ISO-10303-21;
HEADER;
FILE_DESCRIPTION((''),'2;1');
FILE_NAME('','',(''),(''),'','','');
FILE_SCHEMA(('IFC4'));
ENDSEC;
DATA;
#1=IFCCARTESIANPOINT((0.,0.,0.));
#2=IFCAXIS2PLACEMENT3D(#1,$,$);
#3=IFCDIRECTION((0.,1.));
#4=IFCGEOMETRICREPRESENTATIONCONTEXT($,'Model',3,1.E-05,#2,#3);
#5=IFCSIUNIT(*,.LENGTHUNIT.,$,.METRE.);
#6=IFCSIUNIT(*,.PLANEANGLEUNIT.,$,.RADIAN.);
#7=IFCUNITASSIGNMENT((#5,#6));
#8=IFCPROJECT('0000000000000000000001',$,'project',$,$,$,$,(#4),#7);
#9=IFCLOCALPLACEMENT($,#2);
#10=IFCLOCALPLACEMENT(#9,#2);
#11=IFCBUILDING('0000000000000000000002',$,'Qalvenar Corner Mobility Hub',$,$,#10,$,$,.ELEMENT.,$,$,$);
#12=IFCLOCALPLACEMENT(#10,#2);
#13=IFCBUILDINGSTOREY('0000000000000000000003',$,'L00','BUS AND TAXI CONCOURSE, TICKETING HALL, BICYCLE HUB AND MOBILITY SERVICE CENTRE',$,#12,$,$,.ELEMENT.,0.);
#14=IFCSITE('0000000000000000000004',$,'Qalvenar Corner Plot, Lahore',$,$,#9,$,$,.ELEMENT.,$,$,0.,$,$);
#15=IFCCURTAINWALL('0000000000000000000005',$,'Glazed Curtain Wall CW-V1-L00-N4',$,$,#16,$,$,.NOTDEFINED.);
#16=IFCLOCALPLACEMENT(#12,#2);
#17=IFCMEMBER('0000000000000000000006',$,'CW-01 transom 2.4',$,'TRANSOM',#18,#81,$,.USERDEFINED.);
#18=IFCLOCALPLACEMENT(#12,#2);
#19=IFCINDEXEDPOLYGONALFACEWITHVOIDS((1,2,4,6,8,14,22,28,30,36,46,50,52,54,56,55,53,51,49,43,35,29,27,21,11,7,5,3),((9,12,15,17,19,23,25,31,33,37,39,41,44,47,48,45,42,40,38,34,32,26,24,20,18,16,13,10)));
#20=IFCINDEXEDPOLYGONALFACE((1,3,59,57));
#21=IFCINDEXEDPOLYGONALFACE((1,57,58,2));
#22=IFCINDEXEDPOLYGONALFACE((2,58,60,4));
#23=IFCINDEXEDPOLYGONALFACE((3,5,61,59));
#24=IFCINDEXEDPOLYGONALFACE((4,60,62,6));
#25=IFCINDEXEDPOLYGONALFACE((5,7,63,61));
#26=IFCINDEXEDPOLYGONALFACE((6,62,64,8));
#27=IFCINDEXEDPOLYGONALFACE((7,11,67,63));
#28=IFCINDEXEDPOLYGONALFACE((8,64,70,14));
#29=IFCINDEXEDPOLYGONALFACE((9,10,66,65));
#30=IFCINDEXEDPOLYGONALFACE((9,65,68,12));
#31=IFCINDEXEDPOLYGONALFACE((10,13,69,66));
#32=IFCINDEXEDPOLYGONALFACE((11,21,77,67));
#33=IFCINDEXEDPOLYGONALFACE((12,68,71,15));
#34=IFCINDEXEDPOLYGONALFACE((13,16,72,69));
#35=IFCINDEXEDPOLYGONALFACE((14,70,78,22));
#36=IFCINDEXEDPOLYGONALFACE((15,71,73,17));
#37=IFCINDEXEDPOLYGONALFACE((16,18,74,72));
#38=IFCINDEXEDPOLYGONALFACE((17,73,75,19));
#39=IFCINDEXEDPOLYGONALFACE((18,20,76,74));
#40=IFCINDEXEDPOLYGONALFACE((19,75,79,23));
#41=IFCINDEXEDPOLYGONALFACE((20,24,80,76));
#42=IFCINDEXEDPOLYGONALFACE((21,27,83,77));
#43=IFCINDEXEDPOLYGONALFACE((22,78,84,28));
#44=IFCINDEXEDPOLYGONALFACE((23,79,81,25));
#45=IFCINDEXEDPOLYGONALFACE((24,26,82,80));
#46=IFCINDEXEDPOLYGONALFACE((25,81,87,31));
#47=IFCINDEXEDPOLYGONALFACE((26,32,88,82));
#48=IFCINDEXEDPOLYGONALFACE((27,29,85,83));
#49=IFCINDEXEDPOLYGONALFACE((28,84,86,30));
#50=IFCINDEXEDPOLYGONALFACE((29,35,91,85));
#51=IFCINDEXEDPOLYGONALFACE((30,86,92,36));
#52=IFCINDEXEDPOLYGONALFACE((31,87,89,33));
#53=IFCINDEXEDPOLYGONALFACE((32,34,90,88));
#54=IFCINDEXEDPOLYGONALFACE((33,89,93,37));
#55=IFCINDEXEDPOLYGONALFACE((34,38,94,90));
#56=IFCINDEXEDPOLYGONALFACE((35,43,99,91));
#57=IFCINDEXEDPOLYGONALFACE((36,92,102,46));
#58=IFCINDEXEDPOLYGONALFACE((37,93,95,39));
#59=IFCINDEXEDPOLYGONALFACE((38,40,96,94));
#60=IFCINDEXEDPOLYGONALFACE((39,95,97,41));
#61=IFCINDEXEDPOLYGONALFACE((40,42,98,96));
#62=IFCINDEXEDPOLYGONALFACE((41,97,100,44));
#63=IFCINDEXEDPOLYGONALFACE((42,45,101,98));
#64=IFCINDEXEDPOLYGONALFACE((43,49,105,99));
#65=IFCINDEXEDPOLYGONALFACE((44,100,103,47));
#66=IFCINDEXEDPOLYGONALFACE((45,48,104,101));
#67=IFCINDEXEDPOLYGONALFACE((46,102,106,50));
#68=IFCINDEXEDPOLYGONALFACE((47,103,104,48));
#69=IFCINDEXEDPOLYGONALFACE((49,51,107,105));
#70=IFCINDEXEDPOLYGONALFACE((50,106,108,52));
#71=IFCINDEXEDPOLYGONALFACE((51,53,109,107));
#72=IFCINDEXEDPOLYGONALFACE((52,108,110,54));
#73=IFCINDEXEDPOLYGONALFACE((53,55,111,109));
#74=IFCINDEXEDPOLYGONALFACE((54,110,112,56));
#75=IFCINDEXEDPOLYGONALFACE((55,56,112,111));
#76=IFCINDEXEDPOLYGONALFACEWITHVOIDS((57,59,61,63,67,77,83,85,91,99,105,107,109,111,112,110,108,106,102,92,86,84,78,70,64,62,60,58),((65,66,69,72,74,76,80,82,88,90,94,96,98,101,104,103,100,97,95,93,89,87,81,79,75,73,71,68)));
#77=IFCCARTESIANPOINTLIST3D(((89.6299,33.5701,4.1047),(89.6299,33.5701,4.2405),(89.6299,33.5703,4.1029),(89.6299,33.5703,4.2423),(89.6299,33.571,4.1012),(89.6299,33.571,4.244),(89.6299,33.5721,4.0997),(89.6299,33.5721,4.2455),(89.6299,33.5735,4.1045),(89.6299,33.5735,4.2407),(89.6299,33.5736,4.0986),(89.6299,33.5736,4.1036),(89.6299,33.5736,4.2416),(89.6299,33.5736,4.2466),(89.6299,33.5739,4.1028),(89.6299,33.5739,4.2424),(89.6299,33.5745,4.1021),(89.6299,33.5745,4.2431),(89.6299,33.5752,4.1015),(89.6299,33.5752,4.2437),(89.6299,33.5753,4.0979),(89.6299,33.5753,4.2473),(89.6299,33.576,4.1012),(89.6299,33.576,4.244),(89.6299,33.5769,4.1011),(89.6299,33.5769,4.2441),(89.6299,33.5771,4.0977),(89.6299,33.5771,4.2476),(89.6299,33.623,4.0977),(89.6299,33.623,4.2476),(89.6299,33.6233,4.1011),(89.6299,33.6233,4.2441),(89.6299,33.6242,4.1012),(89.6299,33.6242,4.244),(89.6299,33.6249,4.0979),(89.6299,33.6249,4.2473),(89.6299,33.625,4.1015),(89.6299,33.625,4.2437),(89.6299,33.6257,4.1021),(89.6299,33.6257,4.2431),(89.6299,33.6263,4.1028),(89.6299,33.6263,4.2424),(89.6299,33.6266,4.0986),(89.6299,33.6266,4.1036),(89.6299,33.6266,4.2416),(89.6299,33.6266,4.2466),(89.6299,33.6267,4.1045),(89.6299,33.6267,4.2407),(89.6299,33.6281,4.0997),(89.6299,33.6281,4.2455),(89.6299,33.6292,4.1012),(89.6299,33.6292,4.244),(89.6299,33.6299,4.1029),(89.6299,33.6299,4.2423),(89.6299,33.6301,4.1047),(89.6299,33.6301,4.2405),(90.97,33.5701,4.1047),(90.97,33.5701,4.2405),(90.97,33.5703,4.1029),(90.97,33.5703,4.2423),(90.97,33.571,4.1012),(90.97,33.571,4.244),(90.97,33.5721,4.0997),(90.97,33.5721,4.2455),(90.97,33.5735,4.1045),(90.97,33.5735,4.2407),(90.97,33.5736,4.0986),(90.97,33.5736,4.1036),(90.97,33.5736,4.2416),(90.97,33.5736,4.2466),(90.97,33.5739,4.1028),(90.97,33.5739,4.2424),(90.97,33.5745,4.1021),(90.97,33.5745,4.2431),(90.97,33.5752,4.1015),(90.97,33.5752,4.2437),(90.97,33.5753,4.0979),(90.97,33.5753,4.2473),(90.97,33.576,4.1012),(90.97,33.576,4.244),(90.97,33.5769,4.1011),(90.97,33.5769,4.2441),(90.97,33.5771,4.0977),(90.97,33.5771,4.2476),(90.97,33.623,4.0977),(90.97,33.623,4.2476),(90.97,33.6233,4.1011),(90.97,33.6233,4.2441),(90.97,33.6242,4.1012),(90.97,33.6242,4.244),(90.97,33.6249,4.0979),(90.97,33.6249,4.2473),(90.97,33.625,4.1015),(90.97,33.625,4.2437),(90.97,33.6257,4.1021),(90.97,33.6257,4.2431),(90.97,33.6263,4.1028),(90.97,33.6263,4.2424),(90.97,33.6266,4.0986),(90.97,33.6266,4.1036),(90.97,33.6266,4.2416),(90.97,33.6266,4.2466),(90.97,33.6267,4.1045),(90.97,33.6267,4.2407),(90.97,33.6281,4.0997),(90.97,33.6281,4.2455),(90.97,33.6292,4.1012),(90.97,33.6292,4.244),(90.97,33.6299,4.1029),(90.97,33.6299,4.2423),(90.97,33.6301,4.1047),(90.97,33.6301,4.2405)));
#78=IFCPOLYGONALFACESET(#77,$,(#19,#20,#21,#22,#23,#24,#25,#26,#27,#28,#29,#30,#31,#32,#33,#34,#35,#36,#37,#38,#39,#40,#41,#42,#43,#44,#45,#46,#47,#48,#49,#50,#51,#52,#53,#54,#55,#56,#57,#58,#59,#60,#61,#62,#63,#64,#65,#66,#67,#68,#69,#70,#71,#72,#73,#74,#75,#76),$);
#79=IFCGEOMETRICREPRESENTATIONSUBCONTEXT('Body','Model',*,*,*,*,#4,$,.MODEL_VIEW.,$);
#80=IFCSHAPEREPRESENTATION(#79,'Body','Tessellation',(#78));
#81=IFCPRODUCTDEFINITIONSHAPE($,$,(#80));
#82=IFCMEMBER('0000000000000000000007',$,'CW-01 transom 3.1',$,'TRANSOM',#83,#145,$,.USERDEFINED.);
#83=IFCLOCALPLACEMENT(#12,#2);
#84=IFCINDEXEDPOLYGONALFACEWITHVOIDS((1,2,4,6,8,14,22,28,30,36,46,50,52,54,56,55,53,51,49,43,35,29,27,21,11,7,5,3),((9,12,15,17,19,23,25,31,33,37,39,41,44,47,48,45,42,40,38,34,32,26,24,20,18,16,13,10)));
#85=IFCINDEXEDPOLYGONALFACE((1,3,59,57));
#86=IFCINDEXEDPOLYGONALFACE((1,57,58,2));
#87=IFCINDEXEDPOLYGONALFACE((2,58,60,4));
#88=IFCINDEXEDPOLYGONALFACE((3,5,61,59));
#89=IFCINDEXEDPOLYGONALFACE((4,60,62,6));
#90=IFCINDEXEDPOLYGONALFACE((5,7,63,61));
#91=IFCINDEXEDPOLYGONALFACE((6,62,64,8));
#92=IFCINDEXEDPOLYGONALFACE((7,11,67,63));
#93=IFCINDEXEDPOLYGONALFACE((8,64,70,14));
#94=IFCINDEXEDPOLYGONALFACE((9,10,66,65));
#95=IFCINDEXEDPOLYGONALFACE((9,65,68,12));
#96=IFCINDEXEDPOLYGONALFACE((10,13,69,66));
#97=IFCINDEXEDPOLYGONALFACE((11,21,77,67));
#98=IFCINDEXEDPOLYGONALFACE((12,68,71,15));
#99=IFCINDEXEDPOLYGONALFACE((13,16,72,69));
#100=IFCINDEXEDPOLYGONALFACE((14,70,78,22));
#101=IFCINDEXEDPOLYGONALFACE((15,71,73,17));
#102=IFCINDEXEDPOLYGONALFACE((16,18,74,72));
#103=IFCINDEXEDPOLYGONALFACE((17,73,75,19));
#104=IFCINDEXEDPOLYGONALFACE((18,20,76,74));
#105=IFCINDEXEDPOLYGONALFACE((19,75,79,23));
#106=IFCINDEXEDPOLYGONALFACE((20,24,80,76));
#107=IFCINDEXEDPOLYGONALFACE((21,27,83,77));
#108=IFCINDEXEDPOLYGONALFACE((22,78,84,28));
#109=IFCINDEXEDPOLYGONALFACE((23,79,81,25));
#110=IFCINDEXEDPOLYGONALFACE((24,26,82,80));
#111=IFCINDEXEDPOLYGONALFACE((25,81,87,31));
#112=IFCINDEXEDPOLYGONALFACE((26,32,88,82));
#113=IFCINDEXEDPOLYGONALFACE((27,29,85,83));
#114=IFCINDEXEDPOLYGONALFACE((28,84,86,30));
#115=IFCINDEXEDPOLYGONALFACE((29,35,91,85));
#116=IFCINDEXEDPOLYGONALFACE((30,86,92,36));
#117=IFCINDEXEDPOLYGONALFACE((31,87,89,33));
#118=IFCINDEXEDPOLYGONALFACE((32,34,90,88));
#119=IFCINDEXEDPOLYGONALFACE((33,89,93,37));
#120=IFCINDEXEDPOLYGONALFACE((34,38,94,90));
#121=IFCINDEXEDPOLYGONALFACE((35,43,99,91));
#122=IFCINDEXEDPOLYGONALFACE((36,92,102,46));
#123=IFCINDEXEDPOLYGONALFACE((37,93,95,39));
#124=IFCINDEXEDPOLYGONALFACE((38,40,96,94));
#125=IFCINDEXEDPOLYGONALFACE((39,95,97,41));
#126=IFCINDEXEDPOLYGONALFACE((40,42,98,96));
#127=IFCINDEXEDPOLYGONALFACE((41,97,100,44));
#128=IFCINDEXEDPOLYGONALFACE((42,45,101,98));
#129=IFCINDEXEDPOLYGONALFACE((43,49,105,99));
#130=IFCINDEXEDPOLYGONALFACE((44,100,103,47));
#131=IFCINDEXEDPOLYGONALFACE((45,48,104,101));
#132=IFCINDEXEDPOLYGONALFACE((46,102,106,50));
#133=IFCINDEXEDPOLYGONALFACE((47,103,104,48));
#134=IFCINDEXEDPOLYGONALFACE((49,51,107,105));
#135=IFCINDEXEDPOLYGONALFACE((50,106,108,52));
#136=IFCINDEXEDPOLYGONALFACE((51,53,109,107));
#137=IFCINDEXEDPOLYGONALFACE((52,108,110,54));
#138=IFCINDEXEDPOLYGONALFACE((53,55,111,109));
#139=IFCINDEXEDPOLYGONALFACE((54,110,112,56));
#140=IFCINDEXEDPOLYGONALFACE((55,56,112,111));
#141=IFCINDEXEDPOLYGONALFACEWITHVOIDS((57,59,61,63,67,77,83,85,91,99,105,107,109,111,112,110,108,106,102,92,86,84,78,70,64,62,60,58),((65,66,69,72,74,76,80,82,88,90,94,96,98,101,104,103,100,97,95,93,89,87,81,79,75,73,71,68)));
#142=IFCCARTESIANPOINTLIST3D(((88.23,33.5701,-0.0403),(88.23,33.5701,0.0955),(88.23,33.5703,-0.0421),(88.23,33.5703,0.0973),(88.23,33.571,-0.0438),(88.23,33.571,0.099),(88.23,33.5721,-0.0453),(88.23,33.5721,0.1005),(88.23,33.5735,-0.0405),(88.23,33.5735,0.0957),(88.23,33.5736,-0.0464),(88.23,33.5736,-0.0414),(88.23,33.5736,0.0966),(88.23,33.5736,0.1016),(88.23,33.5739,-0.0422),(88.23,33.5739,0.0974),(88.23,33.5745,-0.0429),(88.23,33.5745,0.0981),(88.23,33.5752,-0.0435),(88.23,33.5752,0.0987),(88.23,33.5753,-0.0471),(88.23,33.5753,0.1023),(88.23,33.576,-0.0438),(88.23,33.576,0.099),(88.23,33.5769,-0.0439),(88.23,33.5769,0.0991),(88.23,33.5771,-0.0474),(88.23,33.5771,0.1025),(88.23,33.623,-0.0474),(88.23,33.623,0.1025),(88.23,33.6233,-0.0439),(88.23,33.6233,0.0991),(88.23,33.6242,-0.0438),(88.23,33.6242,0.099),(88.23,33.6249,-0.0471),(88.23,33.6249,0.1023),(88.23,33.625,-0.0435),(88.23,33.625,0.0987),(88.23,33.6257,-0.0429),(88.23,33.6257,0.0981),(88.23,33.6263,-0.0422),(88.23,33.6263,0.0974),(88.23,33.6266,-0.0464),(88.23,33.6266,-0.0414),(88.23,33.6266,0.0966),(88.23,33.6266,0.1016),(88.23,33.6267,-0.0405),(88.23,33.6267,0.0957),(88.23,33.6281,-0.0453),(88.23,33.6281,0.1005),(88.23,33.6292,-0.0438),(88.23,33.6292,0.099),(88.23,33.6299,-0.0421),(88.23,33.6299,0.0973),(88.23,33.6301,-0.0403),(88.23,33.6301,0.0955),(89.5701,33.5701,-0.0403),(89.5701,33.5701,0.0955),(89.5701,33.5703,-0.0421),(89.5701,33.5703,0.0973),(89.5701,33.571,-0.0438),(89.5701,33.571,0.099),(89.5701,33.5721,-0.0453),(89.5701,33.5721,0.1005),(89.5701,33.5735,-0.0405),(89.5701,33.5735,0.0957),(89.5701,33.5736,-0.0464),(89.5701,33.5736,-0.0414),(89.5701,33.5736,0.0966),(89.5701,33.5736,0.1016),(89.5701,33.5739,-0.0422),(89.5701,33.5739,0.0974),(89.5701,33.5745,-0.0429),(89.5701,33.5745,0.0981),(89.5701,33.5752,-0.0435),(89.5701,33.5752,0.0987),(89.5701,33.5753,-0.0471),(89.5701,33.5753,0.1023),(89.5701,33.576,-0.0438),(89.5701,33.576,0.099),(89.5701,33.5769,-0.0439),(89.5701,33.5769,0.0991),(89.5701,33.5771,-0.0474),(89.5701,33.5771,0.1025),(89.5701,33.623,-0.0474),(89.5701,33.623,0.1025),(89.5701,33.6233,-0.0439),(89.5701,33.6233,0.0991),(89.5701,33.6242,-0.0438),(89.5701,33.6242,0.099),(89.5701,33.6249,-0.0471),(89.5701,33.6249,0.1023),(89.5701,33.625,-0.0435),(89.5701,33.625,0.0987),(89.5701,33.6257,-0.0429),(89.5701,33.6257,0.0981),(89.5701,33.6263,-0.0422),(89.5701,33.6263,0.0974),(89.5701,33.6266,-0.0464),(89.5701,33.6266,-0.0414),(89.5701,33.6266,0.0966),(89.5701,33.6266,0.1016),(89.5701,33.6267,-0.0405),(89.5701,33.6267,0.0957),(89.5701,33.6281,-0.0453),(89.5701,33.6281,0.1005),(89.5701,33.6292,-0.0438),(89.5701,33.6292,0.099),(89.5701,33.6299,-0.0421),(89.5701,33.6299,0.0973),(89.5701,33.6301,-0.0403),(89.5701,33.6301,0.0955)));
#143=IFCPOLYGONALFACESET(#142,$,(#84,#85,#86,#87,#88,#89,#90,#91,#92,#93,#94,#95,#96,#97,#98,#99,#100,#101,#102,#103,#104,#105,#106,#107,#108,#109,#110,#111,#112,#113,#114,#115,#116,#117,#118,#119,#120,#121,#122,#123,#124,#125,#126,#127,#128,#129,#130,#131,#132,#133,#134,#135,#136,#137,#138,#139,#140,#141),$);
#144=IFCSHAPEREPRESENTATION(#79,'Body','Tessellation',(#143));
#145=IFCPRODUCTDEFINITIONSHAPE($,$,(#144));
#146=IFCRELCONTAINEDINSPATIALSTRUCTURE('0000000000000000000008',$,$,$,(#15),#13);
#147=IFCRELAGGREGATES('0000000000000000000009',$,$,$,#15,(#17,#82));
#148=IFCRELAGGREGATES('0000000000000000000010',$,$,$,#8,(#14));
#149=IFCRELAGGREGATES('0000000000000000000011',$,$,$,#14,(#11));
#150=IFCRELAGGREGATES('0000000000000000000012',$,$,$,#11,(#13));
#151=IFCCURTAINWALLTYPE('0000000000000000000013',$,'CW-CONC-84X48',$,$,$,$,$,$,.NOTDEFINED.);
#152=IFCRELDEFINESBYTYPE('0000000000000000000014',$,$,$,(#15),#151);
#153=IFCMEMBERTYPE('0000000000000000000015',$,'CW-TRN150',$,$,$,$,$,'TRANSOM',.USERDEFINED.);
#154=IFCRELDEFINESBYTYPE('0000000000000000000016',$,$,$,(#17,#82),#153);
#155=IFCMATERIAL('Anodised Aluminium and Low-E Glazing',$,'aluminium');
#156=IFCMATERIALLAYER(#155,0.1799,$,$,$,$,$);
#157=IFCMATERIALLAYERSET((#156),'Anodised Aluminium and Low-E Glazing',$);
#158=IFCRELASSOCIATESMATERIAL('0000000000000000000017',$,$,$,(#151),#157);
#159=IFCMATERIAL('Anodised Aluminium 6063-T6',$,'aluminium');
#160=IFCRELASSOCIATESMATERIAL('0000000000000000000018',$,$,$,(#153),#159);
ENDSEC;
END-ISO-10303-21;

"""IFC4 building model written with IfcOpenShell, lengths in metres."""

from ifc_helpers import new_model, si_unit, direction, frame, origin, origin_2d, place, context, subcontext, project, spatial, hollow_rectangle, extrude, material, layer, layer_set, material_profile, profile_set, type_object, element, aggregate, save


model = new_model("IFC4")

# Units and contexts
model_context = context("Model", 3, precision=1e-05, world=origin(), true_north=direction((0.0, 1.0)))
body_context = subcontext(model_context, "Body", "Model", "MODEL_VIEW")
ifc_project = project(units=[si_unit("LENGTHUNIT", "METRE"), si_unit("PLANEANGLEUNIT", "RADIAN")], contexts=[model_context])

# Site, building, storey
site_placement = place(None, origin())
site = spatial("IfcSite", under=ifc_project, at=site_placement, Name="Qalvenar Corner Plot, Lahore", CompositionType="ELEMENT", RefElevation=0.0)
building_placement = place(site_placement, origin())
building = spatial("IfcBuilding", under=site, at=building_placement, Name="Qalvenar Corner Mobility Hub", CompositionType="ELEMENT")
storey_placement = place(building_placement, origin())
storey = spatial("IfcBuildingStorey", under=building, at=storey_placement, Name="L00", Description="BUS AND TAXI CONCOURSE, TICKETING HALL, BICYCLE HUB AND MOBILITY SERVICE CENTRE", CompositionType="ELEMENT", Elevation=0.0)

# Curtain wall, members
ifc_material_1 = material(Name="Anodised Aluminium and Low-E Glazing", Category="aluminium")
ifc_layer_1 = layer(ifc_material_1, 0.1799)
ifc_layer_set_1 = layer_set([ifc_layer_1], Name="Anodised Aluminium and Low-E Glazing")
curtain_wall_type = type_object("IfcCurtainWallType", Name="CW-CONC-84X48", PredefinedType="NOTDEFINED", material=ifc_layer_set_1)
curtain_wall_placement = place(storey_placement, origin())
curtain_wall = element("IfcCurtainWall", 1, at=curtain_wall_placement, inside=storey, type_object=curtain_wall_type, Name="Glazed Curtain Wall CW-V1-L00-N4", PredefinedType="NOTDEFINED")
ifc_material_2 = material(Name="Anodised Aluminium 6063-T6", Category="aluminium")
ifc_material_profile_1 = material_profile(ifc_material_2, hollow_rectangle(XDim=0.0601, YDim=0.1499, WallThickness=0.0034, InnerFilletRadius=0.0034, OuterFilletRadius=0.0071, at=origin_2d()), Name="RHS150x60x3.5")
ifc_profile_set_1 = profile_set([ifc_material_profile_1], Name="Anodised Aluminium 6063-T6")
member_type_1 = type_object("IfcMemberType", Name="CW-TRN150", ElementType="TRANSOM", PredefinedType="USERDEFINED", material=ifc_profile_set_1)
member_1_placement = place(storey_placement, frame((90.97, 33.6001, 4.1726), z_axis=(-1.0, 0.0, 0.0), x_axis=(0.0, -1.0, 0.0)))
member_1 = element("IfcMember", 2, at=member_1_placement, type_object=member_type_1, Name="CW-01 transom 2.4", ObjectType="TRANSOM", PredefinedType="USERDEFINED", context=body_context, shape_type="SweptSolid", body=[
    extrude(hollow_rectangle(XDim=0.0601, YDim=0.1499, WallThickness=0.0034, InnerFilletRadius=0.0034, OuterFilletRadius=0.0071, at=origin_2d()), origin(), (0.0, 0.0, 1.0), 1.3401),
])
member_2_placement = place(storey_placement, frame((89.5701, 33.6001, 0.0276), z_axis=(-1.0, 0.0, 0.0), x_axis=(0.0, -1.0, 0.0)))
member_2 = element("IfcMember", 3, at=member_2_placement, type_object=member_type_1, Name="CW-01 transom 3.1", ObjectType="TRANSOM", PredefinedType="USERDEFINED", context=body_context, shape_type="SweptSolid", body=[
    extrude(hollow_rectangle(XDim=0.0601, YDim=0.1499, WallThickness=0.0034, InnerFilletRadius=0.0034, OuterFilletRadius=0.0071, at=origin_2d()), origin(), (0.0, 0.0, 1.0), 1.3401),
])

aggregate(curtain_wall, [member_1, member_2])

save(model, "model.ifc")
